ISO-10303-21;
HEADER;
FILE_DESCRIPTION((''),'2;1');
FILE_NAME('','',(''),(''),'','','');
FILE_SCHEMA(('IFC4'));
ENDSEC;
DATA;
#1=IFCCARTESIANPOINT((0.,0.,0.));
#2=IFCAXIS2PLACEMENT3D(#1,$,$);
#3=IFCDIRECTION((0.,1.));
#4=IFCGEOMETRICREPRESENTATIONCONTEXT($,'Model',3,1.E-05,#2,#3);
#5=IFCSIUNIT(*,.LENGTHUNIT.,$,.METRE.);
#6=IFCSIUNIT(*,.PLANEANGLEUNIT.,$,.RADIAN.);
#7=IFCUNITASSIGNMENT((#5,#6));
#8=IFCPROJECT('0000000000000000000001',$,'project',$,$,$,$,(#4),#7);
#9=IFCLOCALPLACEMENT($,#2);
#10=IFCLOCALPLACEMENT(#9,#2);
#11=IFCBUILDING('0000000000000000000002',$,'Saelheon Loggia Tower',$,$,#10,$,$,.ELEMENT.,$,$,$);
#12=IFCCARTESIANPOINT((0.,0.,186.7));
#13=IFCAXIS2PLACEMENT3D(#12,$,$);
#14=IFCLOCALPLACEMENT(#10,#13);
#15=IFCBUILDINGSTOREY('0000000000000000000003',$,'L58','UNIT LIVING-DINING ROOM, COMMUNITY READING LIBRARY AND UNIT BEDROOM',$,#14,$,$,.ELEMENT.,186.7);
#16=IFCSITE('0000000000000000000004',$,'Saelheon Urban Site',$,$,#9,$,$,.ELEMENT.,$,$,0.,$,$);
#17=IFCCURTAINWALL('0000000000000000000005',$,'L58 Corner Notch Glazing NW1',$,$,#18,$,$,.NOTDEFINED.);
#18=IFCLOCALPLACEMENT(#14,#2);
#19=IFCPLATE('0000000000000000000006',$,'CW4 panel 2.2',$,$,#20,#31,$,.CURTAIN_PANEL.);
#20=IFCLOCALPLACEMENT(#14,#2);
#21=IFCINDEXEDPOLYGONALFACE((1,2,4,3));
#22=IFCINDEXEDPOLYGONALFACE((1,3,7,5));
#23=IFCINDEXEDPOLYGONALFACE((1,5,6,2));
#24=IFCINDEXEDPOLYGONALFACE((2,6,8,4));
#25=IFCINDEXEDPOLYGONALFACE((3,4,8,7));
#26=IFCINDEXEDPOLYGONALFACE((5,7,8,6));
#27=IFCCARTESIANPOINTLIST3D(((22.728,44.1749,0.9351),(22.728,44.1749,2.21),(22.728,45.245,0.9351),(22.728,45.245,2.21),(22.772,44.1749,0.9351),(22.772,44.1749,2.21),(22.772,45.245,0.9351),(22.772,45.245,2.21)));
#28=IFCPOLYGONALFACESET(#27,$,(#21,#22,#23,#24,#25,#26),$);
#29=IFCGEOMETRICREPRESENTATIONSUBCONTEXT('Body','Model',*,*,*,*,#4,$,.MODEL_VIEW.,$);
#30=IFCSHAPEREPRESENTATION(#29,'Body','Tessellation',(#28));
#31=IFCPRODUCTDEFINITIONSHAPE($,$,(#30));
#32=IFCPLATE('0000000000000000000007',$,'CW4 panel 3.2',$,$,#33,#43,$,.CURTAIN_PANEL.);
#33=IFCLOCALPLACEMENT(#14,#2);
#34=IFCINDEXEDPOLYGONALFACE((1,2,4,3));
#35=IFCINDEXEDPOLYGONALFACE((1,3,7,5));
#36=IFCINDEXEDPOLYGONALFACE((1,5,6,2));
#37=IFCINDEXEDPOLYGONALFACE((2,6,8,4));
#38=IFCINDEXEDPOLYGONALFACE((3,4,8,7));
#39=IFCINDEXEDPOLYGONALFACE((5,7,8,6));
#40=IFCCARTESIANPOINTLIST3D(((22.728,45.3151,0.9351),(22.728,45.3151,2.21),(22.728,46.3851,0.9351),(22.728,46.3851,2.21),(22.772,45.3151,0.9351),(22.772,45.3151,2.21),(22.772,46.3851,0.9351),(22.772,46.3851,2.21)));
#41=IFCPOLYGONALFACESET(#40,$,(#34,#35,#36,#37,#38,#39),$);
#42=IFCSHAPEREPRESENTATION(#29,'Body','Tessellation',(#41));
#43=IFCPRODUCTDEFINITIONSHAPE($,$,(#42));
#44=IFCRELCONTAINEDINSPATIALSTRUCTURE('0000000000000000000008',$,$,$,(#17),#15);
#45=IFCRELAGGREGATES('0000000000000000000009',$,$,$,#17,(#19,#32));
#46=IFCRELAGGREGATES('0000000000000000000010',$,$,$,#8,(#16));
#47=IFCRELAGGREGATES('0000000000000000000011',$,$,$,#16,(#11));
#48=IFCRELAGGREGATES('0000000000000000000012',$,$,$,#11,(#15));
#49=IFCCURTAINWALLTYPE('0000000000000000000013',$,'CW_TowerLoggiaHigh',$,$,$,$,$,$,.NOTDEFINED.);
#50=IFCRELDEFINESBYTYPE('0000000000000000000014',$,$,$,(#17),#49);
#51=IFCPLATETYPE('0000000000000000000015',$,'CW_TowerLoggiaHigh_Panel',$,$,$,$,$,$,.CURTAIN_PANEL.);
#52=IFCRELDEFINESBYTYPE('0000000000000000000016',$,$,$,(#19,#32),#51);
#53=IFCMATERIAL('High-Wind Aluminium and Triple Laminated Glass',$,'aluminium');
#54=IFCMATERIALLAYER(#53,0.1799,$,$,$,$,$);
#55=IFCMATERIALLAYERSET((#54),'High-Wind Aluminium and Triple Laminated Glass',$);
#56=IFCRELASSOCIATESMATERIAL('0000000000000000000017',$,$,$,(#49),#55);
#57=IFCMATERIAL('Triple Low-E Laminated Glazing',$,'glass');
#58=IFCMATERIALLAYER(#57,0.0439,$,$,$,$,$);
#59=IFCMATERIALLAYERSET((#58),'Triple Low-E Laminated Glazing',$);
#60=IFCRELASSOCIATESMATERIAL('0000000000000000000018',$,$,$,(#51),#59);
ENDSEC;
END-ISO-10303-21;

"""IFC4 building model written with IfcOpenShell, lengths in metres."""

from ifc_helpers import new_model, si_unit, direction, frame, origin, origin_2d, place, context, subcontext, project, spatial, rectangle, extrude, source, transform, mapped, material, layer, layer_set, type_object, element, aggregate, save


model = new_model("IFC4")

# Units and contexts
model_context = context("Model", 3, precision=1e-05, world=origin(), true_north=direction((0.0, 1.0)))
body_context = subcontext(model_context, "Body", "Model", "MODEL_VIEW")
ifc_project = project(units=[si_unit("LENGTHUNIT", "METRE"), si_unit("PLANEANGLEUNIT", "RADIAN")], contexts=[model_context])

# Site, building, storey
site_placement = place(None, origin())
site = spatial("IfcSite", under=ifc_project, at=site_placement, Name="Saelheon Urban Site", CompositionType="ELEMENT", RefElevation=0.0)
building_placement = place(site_placement, origin())
building = spatial("IfcBuilding", under=site, at=building_placement, Name="Saelheon Loggia Tower", CompositionType="ELEMENT")
storey_placement = place(building_placement, frame((0.0, 0.0, 186.7)))
storey = spatial("IfcBuildingStorey", under=building, at=storey_placement, Name="L58", Description="UNIT LIVING-DINING ROOM, COMMUNITY READING LIBRARY AND UNIT BEDROOM", CompositionType="ELEMENT", Elevation=186.7)

# Curtain wall, plates
ifc_material_1 = material(Name="High-Wind Aluminium and Triple Laminated Glass", Category="aluminium")
ifc_layer_1 = layer(ifc_material_1, 0.1799)
ifc_layer_set_1 = layer_set([ifc_layer_1], Name="High-Wind Aluminium and Triple Laminated Glass")
curtain_wall_type = type_object("IfcCurtainWallType", Name="CW_TowerLoggiaHigh", PredefinedType="NOTDEFINED", material=ifc_layer_set_1)
curtain_wall_placement = place(storey_placement, origin())
curtain_wall = element("IfcCurtainWall", 1, at=curtain_wall_placement, inside=storey, type_object=curtain_wall_type, Name="L58 Corner Notch Glazing NW1", PredefinedType="NOTDEFINED")
ifc_material_2 = material(Name="Triple Low-E Laminated Glazing", Category="glass")
ifc_layer_2 = layer(ifc_material_2, 0.0439)
ifc_layer_set_2 = layer_set([ifc_layer_2], Name="Triple Low-E Laminated Glazing")
plate_type = type_object("IfcPlateType", Name="CW_TowerLoggiaHigh_Panel", PredefinedType="CURTAIN_PANEL", material=ifc_layer_set_2)
shared_shape_1 = source(origin(), body_context, "Body", "SweptSolid", [
    extrude(rectangle(XDim=1.0701, YDim=0.0439, at=origin_2d()), origin(), (0.0, 0.0, 1.0), 1.2749),
])
plate_1_placement = place(storey_placement, frame((22.75, 44.71, 0.9351), z_axis=(0.0, 0.0, 1.0), x_axis=(0.0, 1.0, 0.0)))
plate_1 = element("IfcPlate", 2, at=plate_1_placement, type_object=plate_type, Name="CW4 panel 2.2", PredefinedType="CURTAIN_PANEL", context=body_context, shape_type="MappedRepresentation", body=[
    mapped(shared_shape_1, transform((0.0, 0.0, 0.0), scale=1.0)),
])
plate_2_placement = place(storey_placement, frame((22.75, 45.8501, 0.9351), z_axis=(0.0, 0.0, 1.0), x_axis=(0.0, 1.0, 0.0)))
plate_2 = element("IfcPlate", 3, at=plate_2_placement, type_object=plate_type, Name="CW4 panel 3.2", PredefinedType="CURTAIN_PANEL", context=body_context, shape_type="MappedRepresentation", body=[
    mapped(shared_shape_1, transform((0.0, 0.0, 0.0), scale=1.0)),
])
aggregate(curtain_wall, [plate_1, plate_2])

save(model, "model.ifc")
